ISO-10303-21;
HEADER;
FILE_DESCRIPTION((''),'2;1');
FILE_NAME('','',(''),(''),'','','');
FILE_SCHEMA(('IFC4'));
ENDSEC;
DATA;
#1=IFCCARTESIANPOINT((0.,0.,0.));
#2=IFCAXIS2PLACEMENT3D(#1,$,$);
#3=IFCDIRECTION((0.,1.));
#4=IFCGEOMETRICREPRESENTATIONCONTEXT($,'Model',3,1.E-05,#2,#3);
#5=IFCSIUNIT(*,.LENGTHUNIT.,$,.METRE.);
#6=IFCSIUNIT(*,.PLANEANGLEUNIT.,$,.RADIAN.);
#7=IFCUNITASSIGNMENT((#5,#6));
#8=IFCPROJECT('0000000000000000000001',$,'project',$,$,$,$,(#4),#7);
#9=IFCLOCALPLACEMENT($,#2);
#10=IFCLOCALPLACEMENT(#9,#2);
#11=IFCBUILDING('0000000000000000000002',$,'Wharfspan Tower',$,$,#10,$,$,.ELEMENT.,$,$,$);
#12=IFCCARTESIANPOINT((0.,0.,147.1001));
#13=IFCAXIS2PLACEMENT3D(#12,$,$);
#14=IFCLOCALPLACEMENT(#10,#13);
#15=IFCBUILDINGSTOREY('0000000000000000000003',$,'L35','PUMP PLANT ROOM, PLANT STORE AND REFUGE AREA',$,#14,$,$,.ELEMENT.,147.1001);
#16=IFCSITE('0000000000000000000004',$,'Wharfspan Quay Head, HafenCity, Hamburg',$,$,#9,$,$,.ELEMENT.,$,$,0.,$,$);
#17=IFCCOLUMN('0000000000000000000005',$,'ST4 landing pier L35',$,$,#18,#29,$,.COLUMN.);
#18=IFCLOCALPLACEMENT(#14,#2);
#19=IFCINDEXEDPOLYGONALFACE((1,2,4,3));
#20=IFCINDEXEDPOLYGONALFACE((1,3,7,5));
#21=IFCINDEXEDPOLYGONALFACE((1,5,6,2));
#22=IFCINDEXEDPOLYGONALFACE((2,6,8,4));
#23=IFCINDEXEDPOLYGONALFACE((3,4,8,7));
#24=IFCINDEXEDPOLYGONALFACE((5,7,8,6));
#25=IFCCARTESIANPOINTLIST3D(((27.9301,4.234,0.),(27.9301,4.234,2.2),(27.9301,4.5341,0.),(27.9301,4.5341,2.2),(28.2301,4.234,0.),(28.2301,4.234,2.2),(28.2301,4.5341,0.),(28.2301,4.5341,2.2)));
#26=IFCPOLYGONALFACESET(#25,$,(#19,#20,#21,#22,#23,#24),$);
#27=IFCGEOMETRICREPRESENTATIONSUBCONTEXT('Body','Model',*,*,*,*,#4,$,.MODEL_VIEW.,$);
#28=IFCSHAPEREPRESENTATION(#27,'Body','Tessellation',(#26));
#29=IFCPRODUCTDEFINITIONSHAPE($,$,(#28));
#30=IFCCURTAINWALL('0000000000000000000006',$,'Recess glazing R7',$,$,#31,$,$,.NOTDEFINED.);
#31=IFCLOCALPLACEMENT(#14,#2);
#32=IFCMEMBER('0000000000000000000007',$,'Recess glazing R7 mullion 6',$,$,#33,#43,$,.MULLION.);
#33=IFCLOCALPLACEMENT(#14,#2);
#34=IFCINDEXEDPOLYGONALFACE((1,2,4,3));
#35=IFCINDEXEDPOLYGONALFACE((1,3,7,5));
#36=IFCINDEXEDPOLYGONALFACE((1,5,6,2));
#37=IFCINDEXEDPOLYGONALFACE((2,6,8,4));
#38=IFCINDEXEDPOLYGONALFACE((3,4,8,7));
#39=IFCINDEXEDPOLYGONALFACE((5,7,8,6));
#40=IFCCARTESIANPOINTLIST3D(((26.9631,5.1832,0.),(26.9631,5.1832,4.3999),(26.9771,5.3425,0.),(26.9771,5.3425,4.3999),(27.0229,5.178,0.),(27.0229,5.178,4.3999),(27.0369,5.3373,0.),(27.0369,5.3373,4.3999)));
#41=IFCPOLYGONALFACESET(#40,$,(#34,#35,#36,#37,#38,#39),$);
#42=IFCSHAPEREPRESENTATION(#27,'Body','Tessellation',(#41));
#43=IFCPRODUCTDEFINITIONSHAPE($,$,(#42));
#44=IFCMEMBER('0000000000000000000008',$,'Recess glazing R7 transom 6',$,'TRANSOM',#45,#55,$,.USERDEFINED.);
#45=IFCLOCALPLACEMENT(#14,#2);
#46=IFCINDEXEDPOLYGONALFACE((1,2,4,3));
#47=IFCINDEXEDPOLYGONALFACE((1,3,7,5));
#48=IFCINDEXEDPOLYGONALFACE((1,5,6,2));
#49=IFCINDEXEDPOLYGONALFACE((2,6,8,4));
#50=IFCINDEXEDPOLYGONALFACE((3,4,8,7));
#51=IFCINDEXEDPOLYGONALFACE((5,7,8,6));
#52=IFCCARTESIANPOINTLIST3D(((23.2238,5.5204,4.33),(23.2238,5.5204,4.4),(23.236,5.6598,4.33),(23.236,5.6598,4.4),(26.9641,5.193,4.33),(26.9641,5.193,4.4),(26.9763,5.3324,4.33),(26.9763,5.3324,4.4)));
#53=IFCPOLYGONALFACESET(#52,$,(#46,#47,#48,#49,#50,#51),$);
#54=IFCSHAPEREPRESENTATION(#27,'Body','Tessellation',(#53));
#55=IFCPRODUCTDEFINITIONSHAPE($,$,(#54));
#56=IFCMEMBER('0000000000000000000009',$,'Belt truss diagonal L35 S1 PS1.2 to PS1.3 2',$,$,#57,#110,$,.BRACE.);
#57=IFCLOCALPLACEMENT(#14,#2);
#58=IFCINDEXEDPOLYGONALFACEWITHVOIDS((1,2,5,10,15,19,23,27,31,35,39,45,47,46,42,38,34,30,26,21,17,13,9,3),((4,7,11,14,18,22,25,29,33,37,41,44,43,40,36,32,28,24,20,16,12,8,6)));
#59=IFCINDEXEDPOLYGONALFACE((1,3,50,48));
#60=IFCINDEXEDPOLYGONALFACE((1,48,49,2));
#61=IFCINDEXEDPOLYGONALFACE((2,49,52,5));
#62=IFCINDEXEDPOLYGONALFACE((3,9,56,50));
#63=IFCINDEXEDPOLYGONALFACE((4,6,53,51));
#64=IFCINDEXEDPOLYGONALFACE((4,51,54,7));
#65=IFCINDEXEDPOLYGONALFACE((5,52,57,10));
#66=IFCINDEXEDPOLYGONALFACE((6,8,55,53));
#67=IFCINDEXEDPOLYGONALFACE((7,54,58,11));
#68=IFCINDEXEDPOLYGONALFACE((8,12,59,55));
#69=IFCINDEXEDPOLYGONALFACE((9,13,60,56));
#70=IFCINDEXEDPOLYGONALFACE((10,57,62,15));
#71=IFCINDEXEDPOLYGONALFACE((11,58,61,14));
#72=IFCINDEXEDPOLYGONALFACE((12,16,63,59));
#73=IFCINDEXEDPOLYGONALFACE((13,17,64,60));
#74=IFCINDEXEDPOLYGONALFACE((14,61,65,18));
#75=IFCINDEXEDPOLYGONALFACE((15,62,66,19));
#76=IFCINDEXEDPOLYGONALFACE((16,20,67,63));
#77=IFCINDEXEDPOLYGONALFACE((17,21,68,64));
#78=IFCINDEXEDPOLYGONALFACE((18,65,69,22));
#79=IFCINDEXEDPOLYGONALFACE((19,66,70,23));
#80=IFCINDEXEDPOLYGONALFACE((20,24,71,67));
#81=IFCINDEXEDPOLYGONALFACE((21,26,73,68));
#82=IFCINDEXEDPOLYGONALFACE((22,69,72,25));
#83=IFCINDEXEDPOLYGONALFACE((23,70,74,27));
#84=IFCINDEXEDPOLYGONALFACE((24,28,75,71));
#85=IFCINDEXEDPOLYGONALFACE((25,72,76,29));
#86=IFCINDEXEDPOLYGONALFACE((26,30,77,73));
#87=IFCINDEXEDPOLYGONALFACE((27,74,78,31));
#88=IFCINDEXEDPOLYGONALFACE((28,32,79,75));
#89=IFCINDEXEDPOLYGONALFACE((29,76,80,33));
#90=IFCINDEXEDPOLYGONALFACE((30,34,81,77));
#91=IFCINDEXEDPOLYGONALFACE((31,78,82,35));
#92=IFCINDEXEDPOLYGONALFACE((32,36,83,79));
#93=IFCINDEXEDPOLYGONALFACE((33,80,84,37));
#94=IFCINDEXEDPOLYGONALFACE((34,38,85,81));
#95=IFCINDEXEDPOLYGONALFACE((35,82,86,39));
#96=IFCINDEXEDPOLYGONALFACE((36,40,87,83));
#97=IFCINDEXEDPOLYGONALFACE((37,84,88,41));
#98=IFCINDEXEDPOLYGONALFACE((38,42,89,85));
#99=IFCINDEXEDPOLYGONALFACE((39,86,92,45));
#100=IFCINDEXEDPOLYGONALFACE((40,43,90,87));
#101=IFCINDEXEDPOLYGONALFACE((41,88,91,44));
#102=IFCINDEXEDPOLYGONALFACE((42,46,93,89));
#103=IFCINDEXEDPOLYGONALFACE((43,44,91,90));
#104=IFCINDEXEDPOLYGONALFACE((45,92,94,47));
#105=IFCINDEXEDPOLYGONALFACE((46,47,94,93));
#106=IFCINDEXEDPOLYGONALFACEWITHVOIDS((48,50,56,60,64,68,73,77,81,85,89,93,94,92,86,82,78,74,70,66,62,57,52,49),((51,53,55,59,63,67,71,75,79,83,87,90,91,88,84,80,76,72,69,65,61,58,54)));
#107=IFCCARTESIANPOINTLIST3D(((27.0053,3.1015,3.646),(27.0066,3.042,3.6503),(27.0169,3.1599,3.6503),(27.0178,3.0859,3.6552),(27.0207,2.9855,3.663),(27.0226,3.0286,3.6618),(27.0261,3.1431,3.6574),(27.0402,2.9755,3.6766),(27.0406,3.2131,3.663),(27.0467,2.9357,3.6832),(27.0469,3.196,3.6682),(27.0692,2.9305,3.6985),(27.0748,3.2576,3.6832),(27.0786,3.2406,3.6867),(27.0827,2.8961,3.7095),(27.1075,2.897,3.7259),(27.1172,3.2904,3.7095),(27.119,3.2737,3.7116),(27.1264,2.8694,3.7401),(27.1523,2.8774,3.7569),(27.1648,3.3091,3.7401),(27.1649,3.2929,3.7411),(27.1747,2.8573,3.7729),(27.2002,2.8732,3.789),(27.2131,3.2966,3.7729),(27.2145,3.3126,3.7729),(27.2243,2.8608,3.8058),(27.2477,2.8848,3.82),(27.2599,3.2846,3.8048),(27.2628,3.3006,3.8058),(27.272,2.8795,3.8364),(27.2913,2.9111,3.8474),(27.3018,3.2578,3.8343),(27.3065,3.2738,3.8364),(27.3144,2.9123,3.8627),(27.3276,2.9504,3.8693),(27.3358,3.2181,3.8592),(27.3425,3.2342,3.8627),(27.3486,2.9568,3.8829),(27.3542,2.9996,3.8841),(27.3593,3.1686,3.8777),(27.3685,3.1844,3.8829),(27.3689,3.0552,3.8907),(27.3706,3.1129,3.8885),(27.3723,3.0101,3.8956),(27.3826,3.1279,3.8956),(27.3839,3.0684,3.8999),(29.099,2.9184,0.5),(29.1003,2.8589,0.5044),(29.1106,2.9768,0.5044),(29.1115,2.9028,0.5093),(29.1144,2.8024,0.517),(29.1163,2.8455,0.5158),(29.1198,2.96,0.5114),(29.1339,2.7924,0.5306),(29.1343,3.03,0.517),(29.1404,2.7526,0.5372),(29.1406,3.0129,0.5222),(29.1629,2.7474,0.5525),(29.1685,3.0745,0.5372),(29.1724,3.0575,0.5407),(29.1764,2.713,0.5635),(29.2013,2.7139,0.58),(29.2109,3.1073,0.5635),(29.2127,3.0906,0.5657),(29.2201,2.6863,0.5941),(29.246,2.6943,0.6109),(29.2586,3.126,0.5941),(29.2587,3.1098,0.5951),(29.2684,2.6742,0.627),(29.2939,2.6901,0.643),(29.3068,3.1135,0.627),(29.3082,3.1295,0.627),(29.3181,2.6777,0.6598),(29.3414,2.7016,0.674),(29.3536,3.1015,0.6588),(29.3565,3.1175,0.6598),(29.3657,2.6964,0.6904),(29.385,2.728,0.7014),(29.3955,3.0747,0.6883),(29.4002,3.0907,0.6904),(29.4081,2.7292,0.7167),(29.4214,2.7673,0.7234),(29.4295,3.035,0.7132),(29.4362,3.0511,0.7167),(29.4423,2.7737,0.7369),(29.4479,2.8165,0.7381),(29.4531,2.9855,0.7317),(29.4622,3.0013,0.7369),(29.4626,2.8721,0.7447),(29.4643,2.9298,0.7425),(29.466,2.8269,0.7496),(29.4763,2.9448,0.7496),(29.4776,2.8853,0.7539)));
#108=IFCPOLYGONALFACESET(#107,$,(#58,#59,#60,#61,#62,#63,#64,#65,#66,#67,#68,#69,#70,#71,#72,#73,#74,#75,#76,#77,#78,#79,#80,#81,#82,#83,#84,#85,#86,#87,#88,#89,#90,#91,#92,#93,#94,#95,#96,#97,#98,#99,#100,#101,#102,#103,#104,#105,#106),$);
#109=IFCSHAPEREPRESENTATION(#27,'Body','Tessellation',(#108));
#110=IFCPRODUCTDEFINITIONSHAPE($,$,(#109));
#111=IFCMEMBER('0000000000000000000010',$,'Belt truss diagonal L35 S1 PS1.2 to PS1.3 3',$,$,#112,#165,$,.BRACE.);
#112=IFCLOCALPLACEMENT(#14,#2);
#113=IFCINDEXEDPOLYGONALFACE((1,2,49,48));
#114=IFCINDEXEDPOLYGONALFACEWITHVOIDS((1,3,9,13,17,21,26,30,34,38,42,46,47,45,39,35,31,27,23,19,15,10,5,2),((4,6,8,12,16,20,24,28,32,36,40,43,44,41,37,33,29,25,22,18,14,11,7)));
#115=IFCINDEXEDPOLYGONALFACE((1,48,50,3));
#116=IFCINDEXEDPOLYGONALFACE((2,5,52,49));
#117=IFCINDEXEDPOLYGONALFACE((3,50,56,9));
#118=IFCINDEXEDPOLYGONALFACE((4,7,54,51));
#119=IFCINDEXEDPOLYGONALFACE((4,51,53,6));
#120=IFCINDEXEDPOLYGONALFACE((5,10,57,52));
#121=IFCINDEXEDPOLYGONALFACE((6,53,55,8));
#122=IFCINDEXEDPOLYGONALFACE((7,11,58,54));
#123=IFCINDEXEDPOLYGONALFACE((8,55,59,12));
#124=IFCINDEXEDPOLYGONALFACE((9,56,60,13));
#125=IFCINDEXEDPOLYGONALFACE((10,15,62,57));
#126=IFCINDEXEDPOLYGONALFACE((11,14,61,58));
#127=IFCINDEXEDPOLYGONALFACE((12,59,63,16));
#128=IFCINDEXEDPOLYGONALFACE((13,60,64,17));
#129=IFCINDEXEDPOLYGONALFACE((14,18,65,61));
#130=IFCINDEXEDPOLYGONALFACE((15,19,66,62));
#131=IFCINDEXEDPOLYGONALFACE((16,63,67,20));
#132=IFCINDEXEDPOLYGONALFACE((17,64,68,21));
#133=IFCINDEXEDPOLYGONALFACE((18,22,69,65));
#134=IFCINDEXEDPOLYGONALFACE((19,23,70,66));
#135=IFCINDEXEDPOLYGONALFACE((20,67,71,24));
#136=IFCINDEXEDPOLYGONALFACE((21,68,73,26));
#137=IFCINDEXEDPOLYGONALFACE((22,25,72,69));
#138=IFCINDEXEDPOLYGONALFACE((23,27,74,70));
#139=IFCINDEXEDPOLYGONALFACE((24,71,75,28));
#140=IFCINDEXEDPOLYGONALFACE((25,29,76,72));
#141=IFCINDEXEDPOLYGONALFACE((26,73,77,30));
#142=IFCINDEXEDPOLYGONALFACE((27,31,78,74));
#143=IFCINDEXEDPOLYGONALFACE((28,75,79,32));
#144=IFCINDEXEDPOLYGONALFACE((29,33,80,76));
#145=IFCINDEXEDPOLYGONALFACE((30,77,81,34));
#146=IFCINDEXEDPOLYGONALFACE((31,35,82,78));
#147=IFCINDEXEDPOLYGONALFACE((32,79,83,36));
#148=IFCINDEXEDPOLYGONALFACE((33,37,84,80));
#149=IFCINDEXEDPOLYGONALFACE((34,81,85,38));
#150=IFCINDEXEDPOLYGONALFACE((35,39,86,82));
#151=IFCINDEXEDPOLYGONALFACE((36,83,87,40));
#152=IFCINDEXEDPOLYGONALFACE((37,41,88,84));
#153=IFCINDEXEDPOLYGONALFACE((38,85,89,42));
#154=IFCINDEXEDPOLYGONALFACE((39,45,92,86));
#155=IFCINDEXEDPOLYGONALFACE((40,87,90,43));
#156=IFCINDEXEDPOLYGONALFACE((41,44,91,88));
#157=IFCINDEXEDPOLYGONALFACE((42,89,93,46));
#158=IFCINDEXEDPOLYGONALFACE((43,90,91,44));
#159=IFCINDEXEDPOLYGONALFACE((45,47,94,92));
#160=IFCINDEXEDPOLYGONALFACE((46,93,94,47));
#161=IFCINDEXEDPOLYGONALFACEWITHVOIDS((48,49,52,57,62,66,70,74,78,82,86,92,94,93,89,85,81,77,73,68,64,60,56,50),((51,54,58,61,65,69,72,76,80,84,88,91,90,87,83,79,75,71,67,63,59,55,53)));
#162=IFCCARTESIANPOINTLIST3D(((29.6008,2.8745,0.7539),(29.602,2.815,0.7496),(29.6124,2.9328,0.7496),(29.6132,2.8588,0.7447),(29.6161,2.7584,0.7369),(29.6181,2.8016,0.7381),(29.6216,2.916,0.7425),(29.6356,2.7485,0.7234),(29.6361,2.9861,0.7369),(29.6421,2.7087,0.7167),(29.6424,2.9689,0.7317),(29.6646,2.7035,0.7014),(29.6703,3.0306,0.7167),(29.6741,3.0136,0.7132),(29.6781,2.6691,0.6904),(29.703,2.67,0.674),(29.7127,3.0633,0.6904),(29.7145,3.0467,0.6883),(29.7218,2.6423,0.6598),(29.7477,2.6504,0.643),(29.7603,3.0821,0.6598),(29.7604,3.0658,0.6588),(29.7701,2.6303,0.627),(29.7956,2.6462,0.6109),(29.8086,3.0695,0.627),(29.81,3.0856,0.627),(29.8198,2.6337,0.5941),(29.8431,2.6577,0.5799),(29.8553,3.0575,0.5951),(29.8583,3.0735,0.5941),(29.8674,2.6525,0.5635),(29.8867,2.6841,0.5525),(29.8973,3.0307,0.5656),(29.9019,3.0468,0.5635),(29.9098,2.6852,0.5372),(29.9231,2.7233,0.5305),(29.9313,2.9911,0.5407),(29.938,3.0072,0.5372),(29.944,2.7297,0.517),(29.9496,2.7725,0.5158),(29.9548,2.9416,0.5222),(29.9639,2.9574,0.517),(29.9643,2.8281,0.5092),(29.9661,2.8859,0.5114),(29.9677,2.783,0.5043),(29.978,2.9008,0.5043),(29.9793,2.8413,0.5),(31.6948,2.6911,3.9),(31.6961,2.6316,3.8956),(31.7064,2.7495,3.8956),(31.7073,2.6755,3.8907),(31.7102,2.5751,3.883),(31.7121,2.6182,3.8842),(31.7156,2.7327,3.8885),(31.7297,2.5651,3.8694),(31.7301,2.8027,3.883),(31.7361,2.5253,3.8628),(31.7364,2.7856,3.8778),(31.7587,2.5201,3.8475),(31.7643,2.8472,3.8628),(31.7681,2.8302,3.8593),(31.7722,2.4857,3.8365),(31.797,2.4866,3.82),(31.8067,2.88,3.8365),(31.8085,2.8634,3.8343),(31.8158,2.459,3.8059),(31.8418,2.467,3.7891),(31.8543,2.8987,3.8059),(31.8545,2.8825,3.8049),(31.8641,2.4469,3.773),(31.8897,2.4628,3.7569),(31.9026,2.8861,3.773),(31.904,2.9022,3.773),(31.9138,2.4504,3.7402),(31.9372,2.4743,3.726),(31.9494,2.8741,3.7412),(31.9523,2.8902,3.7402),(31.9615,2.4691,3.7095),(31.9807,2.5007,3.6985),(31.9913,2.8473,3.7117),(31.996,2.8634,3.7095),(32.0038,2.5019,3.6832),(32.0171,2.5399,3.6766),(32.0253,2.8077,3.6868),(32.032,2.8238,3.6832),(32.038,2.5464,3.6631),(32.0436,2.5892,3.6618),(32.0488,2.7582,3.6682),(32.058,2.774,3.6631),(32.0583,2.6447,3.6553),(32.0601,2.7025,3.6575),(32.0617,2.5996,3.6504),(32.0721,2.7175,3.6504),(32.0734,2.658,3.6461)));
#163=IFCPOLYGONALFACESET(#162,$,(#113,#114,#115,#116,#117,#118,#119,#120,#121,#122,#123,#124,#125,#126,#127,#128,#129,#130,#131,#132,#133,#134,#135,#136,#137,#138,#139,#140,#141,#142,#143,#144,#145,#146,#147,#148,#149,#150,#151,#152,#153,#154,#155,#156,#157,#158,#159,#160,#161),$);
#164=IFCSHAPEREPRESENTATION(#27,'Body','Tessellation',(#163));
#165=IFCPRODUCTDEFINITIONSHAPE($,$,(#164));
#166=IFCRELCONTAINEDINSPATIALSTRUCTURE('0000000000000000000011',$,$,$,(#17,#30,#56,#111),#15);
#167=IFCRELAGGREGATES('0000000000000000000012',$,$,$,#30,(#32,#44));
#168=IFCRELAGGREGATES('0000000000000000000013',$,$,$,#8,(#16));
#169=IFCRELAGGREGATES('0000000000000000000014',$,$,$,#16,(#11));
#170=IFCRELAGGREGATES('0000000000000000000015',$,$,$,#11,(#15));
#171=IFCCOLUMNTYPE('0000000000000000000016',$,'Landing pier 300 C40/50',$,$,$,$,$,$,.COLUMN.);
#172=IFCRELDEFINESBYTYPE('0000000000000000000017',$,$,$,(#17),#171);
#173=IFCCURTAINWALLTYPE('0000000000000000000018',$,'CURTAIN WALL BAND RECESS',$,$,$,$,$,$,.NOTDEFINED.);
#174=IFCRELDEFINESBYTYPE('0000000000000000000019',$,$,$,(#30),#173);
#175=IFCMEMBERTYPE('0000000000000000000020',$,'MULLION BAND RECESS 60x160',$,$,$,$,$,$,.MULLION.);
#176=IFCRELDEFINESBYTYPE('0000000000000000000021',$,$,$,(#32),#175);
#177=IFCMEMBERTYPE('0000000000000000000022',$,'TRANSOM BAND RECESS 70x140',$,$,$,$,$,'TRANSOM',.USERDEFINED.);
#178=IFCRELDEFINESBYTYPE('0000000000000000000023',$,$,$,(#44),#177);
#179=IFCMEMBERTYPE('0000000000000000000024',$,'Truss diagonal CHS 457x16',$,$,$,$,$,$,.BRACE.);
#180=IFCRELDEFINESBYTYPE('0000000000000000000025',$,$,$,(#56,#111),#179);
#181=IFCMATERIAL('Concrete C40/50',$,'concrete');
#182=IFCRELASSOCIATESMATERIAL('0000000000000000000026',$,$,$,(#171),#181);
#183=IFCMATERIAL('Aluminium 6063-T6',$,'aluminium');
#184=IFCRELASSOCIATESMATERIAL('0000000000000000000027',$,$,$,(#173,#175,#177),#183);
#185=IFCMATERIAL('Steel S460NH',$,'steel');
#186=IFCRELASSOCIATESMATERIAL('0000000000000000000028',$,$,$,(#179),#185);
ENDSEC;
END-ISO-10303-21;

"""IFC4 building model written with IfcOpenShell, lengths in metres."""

from ifc_helpers import new_model, si_unit, direction, frame, origin, origin_2d, place, context, subcontext, project, spatial, rectangle, hollow_circle, extrude, material, material_profile, profile_set, type_object, element, aggregate, save


model = new_model("IFC4")

# Units and contexts
model_context = context("Model", 3, precision=1e-05, world=origin(), true_north=direction((0.0, 1.0)))
body_context = subcontext(model_context, "Body", "Model", "MODEL_VIEW")
ifc_project = project(units=[si_unit("LENGTHUNIT", "METRE"), si_unit("PLANEANGLEUNIT", "RADIAN")], contexts=[model_context])

# Site, building, storey
site_placement = place(None, origin())
site = spatial("IfcSite", under=ifc_project, at=site_placement, Name="Wharfspan Quay Head, HafenCity, Hamburg", CompositionType="ELEMENT", RefElevation=0.0)
building_placement = place(site_placement, origin())
building = spatial("IfcBuilding", under=site, at=building_placement, Name="Wharfspan Tower", CompositionType="ELEMENT")
storey_placement = place(building_placement, frame((0.0, 0.0, 147.1001)))
storey = spatial("IfcBuildingStorey", under=building, at=storey_placement, Name="L35", Description="PUMP PLANT ROOM, PLANT STORE AND REFUGE AREA", CompositionType="ELEMENT", Elevation=147.1001)

# Column
ifc_material_1 = material(Name="Concrete C40/50", Category="concrete")
ifc_material_profile_1 = material_profile(ifc_material_1, rectangle(XDim=0.3, YDim=0.3, at=origin_2d()))
ifc_profile_set_1 = profile_set([ifc_material_profile_1], Name="Concrete C40/50")
column_type = type_object("IfcColumnType", Name="Landing pier 300 C40/50", PredefinedType="COLUMN", material=ifc_profile_set_1)
column_placement = place(storey_placement, frame((28.0801, 4.384, 0.0), z_axis=(0.0, 0.0, 1.0), x_axis=(1.0, 0.0, 0.0)))
element("IfcColumn", 1, at=column_placement, inside=storey, type_object=column_type, Name="ST4 landing pier L35", PredefinedType="COLUMN", context=body_context, shape_type="SweptSolid", body=[
    extrude(rectangle(XDim=0.3, YDim=0.3, at=origin_2d()), origin(), (0.0, 0.0, 1.0), 2.2),
])

# Curtain wall, members
ifc_material_2 = material(Name="Aluminium 6063-T6", Category="aluminium")
curtain_wall_type = type_object("IfcCurtainWallType", Name="CURTAIN WALL BAND RECESS", PredefinedType="NOTDEFINED", material=ifc_material_2)
curtain_wall_placement = place(storey_placement, origin())
curtain_wall = element("IfcCurtainWall", 2, at=curtain_wall_placement, inside=storey, type_object=curtain_wall_type, Name="Recess glazing R7", PredefinedType="NOTDEFINED")
ifc_material_profile_2 = material_profile(ifc_material_2, rectangle(XDim=0.1599, YDim=0.0601, at=origin_2d()))
ifc_profile_set_2 = profile_set([ifc_material_profile_2], Name="Aluminium 6063-T6")
member_type_1 = type_object("IfcMemberType", Name="MULLION BAND RECESS 60x160", PredefinedType="MULLION", material=ifc_profile_set_2)
member_1_placement = place(storey_placement, frame((27.0, 5.2603, 0.0), z_axis=(0.0, 0.0, 1.0), x_axis=(-0.087156, -0.996198, 0.0)))
member_1 = element("IfcMember", 3, at=member_1_placement, type_object=member_type_1, Name="Recess glazing R7 mullion 6", PredefinedType="MULLION", context=body_context, shape_type="SweptSolid", body=[
    extrude(rectangle(XDim=0.1599, YDim=0.0601, at=origin_2d()), origin(), (0.0, 0.0, 1.0), 4.3999),
])
ifc_material_profile_3 = material_profile(ifc_material_2, rectangle(XDim=0.1399, YDim=0.0701, at=origin_2d()))
ifc_profile_set_3 = profile_set([ifc_material_profile_3], Name="Aluminium 6063-T6")
member_type_2 = type_object("IfcMemberType", Name="TRANSOM BAND RECESS 70x140", ElementType="TRANSOM", PredefinedType="USERDEFINED", material=ifc_profile_set_3)
member_2_placement = place(storey_placement, frame((26.9702, 5.2627, 4.365), z_axis=(-0.996191, 0.087199, 0.0), x_axis=(-0.087199, -0.996191, 0.0)))
member_2 = element("IfcMember", 4, at=member_2_placement, type_object=member_type_2, Name="Recess glazing R7 transom 6", ObjectType="TRANSOM", PredefinedType="USERDEFINED", context=body_context, shape_type="SweptSolid", body=[
    extrude(rectangle(XDim=0.1399, YDim=0.0701, at=origin_2d()), origin(), (0.0, 0.0, 1.0), 3.7546),
])

# Members
ifc_material_3 = material(Name="Steel S460NH", Category="steel")
ifc_material_profile_4 = material_profile(ifc_material_3, hollow_circle(Radius=0.2285, WallThickness=0.0161, at=origin_2d()))
ifc_profile_set_4 = profile_set([ifc_material_profile_4], Name="Steel S460NH")
member_type_3 = type_object("IfcMemberType", Name="Truss diagonal CHS 457x16", PredefinedType="BRACE", material=ifc_profile_set_4)
member_3_placement = place(storey_placement, frame((27.1946, 3.085, 3.7729), z_axis=(0.553395, -0.048396, -0.831512), x_axis=(0.087122, 0.996199, 0.000001)))
element("IfcMember", 5, at=member_3_placement, inside=storey, type_object=member_type_3, Name="Belt truss diagonal L35 S1 PS1.2 to PS1.3 2", PredefinedType="BRACE", context=body_context, shape_type="SweptSolid", body=[
    extrude(hollow_circle(Radius=0.2285, WallThickness=0.0161, at=origin_2d()), origin(), (0.0, 0.0, 1.0), 3.7834),
])
member_4_placement = place(storey_placement, frame((29.79, 2.8579, 0.627), z_axis=(0.553438, -0.048459, 0.83148), x_axis=(0.087229, 0.996186, -0.000002)))
element("IfcMember", 6, at=member_4_placement, inside=storey, type_object=member_type_3, Name="Belt truss diagonal L35 S1 PS1.2 to PS1.3 3", PredefinedType="BRACE", context=body_context, shape_type="SweptSolid", body=[
    extrude(hollow_circle(Radius=0.2285, WallThickness=0.0161, at=origin_2d()), origin(), (0.0, 0.0, 1.0), 3.7837),
])

aggregate(curtain_wall, [member_1, member_2])

save(model, "model.ifc")
